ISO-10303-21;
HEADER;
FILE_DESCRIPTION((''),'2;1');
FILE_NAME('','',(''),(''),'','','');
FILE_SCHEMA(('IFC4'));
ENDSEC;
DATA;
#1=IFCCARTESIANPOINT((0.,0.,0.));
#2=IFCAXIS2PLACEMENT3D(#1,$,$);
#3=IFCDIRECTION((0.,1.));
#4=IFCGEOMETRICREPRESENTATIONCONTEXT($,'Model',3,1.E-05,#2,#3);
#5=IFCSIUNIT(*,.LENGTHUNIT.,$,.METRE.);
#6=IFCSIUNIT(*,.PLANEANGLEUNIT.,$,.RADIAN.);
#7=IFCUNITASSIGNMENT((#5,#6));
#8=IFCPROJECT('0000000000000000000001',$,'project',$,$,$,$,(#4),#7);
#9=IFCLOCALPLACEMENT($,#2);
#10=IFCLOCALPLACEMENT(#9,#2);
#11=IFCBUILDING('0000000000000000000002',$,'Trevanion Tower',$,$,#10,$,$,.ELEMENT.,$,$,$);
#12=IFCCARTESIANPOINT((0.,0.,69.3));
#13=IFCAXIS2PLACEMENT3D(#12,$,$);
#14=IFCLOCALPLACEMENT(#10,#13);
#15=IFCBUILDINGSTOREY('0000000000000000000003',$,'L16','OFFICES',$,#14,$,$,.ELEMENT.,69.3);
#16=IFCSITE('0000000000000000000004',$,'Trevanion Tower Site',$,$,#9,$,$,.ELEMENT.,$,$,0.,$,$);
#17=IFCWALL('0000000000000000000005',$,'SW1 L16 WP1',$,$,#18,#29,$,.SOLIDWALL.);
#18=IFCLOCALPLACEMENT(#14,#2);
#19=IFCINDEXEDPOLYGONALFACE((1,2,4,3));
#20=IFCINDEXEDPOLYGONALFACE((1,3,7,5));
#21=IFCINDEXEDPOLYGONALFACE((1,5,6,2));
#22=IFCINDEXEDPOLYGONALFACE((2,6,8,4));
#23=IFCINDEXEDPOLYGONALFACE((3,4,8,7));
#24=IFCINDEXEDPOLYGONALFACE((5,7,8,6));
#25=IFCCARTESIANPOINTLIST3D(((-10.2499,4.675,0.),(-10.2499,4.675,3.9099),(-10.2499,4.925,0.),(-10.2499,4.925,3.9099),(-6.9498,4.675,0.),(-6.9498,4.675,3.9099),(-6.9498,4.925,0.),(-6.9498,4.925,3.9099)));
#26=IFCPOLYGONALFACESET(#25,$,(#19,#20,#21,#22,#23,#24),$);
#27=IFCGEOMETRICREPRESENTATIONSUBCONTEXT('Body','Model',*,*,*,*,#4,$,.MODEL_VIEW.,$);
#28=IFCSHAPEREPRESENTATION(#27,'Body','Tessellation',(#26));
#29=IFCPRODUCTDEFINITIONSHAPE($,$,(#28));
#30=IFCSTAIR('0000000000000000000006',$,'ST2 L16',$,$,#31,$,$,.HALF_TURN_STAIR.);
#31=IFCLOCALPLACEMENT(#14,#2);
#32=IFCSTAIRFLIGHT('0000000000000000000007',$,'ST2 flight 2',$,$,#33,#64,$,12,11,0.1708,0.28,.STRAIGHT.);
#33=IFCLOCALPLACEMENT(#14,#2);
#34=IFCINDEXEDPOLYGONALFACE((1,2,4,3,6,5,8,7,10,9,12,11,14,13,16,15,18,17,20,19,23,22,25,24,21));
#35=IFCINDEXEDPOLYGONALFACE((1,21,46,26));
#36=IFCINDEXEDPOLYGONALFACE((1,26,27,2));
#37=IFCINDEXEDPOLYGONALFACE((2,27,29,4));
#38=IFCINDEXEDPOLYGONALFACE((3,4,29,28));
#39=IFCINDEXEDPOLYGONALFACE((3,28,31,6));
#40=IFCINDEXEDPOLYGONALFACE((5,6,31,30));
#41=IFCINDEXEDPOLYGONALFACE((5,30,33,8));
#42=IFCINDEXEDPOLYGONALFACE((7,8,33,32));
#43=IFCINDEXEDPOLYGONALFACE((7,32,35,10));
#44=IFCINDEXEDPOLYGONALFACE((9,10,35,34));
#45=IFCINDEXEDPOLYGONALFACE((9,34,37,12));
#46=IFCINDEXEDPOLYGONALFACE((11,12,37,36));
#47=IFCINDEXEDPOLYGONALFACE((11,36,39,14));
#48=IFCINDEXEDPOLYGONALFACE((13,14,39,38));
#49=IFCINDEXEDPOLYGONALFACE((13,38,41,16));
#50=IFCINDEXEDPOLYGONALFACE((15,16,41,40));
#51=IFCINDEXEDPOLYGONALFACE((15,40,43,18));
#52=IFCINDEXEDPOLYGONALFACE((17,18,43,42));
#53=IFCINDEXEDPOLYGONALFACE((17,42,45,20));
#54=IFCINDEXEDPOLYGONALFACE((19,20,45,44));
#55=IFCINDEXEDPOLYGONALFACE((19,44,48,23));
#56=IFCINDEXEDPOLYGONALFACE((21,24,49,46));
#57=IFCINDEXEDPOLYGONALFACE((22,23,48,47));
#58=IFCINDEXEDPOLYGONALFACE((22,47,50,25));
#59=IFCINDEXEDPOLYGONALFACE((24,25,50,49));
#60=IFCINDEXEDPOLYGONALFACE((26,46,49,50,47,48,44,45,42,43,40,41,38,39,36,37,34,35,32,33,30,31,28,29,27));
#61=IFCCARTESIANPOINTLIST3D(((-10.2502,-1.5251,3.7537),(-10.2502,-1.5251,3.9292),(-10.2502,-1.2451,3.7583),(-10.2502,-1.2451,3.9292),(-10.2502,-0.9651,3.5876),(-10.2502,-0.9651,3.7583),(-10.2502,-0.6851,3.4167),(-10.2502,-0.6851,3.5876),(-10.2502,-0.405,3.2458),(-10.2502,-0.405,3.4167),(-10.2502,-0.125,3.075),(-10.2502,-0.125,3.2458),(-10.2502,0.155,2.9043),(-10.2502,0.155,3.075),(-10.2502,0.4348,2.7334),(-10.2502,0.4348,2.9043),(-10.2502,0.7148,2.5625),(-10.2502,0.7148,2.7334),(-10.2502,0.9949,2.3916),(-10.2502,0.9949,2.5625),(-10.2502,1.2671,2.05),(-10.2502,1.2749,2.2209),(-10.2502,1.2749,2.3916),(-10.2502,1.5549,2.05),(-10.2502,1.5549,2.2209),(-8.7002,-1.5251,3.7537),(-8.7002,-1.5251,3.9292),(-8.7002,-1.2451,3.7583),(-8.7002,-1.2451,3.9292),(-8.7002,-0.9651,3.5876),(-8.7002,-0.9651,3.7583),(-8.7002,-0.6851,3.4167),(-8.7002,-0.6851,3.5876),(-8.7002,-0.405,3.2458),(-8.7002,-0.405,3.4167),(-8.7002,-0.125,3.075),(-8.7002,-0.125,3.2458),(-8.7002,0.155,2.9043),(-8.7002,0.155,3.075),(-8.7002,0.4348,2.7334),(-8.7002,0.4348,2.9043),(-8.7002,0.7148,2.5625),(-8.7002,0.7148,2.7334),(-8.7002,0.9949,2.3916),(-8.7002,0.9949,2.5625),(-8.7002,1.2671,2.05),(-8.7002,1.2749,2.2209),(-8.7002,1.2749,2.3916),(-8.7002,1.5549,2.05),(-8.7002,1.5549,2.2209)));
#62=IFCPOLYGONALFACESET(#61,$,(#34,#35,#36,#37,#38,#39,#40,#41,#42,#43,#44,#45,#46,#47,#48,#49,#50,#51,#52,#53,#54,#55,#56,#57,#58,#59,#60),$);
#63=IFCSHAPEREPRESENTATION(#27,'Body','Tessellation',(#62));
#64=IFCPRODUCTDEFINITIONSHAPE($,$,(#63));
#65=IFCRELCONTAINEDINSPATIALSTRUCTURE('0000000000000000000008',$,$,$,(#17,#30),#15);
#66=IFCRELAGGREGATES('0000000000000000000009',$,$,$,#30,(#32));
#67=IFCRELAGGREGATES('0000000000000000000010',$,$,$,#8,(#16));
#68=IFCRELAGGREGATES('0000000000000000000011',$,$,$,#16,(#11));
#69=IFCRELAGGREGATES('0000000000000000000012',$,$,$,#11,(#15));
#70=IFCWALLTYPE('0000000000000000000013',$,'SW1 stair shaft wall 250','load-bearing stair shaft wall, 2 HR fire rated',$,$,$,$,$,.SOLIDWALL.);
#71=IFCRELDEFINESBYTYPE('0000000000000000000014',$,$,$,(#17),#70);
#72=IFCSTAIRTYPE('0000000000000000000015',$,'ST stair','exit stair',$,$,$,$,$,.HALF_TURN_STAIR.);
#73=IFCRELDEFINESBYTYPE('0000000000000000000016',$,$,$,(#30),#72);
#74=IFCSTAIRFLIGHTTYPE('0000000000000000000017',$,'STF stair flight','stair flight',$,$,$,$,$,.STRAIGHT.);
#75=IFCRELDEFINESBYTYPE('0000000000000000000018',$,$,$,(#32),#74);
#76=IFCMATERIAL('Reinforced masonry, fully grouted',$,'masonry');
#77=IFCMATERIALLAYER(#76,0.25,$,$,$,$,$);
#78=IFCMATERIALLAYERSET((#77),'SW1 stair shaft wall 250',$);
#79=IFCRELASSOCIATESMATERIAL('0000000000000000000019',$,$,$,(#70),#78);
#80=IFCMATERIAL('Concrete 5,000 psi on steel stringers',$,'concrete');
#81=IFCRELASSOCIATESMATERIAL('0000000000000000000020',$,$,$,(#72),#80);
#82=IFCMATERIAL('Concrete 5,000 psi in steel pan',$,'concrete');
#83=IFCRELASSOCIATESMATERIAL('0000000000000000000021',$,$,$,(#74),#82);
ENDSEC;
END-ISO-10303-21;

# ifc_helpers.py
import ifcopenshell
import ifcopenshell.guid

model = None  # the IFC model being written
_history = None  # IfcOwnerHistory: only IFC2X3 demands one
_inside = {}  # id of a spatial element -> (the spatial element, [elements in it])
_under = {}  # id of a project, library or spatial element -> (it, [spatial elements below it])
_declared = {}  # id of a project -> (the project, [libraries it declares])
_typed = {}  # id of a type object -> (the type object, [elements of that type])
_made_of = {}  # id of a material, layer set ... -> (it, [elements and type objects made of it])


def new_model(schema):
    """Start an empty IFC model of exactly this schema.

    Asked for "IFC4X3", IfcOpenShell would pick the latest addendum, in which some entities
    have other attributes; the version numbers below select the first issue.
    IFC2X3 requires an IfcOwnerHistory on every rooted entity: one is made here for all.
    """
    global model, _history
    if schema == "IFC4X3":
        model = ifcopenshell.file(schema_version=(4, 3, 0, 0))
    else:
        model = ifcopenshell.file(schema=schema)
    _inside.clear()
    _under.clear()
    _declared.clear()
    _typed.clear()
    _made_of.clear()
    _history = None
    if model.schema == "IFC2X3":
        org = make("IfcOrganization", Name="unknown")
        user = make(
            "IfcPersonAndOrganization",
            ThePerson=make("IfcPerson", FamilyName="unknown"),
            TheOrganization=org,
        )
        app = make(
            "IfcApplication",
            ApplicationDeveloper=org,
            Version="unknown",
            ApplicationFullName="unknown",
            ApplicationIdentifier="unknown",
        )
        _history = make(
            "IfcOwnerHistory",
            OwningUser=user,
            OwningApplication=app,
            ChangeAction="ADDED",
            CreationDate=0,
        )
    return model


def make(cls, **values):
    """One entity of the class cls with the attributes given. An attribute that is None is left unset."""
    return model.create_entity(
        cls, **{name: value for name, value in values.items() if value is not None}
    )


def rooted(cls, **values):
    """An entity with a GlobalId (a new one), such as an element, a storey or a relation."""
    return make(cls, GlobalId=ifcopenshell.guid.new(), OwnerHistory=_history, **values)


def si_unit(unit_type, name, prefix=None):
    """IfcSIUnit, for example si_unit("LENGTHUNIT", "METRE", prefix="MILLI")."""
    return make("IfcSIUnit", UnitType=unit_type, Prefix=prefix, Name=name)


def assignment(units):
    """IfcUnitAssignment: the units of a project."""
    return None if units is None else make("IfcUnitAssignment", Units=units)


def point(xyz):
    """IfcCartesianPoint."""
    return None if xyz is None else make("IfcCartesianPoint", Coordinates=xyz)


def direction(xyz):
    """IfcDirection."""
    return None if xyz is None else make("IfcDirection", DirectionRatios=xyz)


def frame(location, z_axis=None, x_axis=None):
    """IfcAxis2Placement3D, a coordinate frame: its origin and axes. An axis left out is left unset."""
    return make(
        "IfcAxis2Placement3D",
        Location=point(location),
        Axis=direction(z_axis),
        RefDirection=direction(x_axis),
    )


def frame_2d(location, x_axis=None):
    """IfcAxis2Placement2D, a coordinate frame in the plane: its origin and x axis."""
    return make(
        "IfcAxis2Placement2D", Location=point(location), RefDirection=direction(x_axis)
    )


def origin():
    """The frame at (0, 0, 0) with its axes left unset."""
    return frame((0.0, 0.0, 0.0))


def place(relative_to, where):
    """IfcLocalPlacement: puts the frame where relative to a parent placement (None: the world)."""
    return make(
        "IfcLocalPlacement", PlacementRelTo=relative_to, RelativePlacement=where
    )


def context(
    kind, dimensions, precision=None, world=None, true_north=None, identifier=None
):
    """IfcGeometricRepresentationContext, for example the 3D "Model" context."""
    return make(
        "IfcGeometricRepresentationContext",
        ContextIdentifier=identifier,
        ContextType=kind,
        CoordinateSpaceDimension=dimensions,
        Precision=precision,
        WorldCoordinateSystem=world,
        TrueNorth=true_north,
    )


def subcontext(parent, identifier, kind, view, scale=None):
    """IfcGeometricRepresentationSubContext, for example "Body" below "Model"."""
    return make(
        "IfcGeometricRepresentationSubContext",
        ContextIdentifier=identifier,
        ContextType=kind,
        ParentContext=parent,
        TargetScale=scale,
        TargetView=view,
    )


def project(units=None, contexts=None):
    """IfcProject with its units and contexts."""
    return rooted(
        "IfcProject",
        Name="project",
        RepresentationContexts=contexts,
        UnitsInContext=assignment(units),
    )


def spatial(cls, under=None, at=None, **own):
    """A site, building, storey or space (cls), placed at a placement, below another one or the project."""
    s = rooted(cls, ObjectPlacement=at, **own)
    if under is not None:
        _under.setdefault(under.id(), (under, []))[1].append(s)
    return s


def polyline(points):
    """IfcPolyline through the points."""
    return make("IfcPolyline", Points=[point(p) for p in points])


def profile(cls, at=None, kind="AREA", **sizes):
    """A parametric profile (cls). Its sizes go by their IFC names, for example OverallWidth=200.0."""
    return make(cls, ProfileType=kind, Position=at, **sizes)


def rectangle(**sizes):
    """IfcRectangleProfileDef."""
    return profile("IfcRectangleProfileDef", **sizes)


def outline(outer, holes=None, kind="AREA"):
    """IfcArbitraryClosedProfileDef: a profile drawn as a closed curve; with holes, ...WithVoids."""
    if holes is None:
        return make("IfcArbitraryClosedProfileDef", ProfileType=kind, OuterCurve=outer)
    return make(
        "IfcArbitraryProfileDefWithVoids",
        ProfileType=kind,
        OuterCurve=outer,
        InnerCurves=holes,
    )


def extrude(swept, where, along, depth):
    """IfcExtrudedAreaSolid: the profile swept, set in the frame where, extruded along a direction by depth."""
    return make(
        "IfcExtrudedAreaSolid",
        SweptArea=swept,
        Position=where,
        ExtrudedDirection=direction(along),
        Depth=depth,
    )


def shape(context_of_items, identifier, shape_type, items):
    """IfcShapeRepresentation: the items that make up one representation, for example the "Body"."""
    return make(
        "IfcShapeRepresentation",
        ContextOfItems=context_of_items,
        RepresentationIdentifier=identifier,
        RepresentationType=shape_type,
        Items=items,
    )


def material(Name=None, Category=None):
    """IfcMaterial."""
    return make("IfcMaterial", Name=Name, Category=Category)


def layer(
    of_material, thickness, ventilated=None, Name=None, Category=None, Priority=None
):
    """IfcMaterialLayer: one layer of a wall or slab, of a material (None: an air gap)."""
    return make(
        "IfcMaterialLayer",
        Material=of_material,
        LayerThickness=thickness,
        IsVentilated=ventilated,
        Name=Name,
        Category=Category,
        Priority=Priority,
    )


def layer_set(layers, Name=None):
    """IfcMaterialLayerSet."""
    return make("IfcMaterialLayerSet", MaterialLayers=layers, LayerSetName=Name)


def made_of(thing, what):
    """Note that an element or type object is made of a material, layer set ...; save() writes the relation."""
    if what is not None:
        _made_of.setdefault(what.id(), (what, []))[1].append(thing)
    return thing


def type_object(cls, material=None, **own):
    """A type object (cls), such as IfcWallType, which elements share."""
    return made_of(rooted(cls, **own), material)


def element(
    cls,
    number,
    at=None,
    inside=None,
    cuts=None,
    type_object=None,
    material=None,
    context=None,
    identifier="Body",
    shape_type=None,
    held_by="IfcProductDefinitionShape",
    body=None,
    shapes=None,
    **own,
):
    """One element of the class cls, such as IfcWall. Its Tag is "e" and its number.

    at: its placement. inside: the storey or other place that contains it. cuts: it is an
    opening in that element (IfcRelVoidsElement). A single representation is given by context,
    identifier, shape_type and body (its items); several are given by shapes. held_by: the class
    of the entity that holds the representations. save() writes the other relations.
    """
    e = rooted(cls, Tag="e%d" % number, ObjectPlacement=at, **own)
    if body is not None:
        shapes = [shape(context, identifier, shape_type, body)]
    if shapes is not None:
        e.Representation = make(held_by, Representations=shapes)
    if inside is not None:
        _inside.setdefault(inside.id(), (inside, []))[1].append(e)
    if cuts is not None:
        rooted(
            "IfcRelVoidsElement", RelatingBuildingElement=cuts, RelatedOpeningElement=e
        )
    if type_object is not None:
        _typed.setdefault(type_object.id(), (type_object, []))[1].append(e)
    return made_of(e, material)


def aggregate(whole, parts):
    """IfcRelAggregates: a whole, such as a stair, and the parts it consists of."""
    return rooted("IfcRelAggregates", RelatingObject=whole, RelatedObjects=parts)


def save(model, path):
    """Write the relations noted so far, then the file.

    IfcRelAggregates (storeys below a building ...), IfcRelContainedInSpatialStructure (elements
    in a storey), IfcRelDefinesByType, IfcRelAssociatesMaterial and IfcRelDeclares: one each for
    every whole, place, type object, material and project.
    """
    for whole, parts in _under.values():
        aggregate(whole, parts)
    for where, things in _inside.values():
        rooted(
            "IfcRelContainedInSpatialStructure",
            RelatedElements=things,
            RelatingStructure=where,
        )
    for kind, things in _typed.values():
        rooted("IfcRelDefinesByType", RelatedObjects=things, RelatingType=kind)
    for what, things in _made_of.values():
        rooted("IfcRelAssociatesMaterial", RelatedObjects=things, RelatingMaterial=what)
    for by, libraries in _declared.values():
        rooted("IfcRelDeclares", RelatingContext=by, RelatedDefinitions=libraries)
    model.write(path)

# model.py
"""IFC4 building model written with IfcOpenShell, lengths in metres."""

from ifc_helpers import new_model, si_unit, direction, frame, frame_2d, origin, place, context, subcontext, project, spatial, polyline, rectangle, outline, extrude, material, layer, layer_set, type_object, element, aggregate, save


model = new_model("IFC4")

# Units and contexts
model_context = context("Model", 3, precision=1e-05, world=origin(), true_north=direction((0.0, 1.0)))
body_context = subcontext(model_context, "Body", "Model", "MODEL_VIEW")
ifc_project = project(units=[si_unit("LENGTHUNIT", "METRE"), si_unit("PLANEANGLEUNIT", "RADIAN")], contexts=[model_context])

# Site, building, storey
site_placement = place(None, origin())
site = spatial("IfcSite", under=ifc_project, at=site_placement, Name="Trevanion Tower Site", CompositionType="ELEMENT", RefElevation=0.0)
building_placement = place(site_placement, origin())
building = spatial("IfcBuilding", under=site, at=building_placement, Name="Trevanion Tower", CompositionType="ELEMENT")
storey_placement = place(building_placement, frame((0.0, 0.0, 69.3)))
storey = spatial("IfcBuildingStorey", under=building, at=storey_placement, Name="L16", Description="OFFICES", CompositionType="ELEMENT", Elevation=69.3)

# Wall
ifc_material_1 = material(Name="Reinforced masonry, fully grouted", Category="masonry")
ifc_layer_1 = layer(ifc_material_1, 0.25)
ifc_layer_set_1 = layer_set([ifc_layer_1], Name="SW1 stair shaft wall 250")
wall_type_1 = type_object("IfcWallType", Name="SW1 stair shaft wall 250", Description="load-bearing stair shaft wall, 2 HR fire rated", PredefinedType="SOLIDWALL", material=ifc_layer_set_1)
wall_1_placement = place(storey_placement, frame((-6.95, 4.8, 0.0), z_axis=(0.0, 0.0, 1.0), x_axis=(-1.0, 0.0, 0.0)))
element("IfcWall", 1, at=wall_1_placement, inside=storey, type_object=wall_type_1, Name="SW1 L16 WP1", PredefinedType="SOLIDWALL", context=body_context, shape_type="SweptSolid", body=[
    extrude(rectangle(XDim=3.3, YDim=0.25, at=frame_2d((1.6499, 0.0))), origin(), (0.0, 0.0, 1.0), 3.9099),
])

# Stair, stair flight
ifc_material_2 = material(Name="Concrete 5,000 psi on steel stringers", Category="concrete")
stair_type = type_object("IfcStairType", Name="ST stair", Description="exit stair", PredefinedType="HALF_TURN_STAIR", material=ifc_material_2)
stair_placement = place(storey_placement, origin())
stair = element("IfcStair", 2, at=stair_placement, inside=storey, type_object=stair_type, Name="ST2 L16", PredefinedType="HALF_TURN_STAIR")
ifc_material_3 = material(Name="Concrete 5,000 psi in steel pan", Category="concrete")
stair_flight_type = type_object("IfcStairFlightType", Name="STF stair flight", Description="stair flight", PredefinedType="STRAIGHT", material=ifc_material_3)
stair_flight_placement = place(storey_placement, frame((-9.4751, 1.5549, 2.05), z_axis=(0.0, 0.0, 1.0), x_axis=(0.0, -1.0, 0.0)))
stair_flight = element("IfcStairFlight", 3, at=stair_flight_placement, type_object=stair_flight_type, Name="ST2 flight 2", NumberOfRisers=12, NumberOfTreads=11, PredefinedType="STRAIGHT", RiserHeight=0.1708, TreadLength=0.28, context=body_context, shape_type="SweptSolid", body=[
    extrude(outline(polyline([(0.0, 0.0), (0.0, 0.1709), (0.28, 0.1709), (0.28, 0.3416), (0.5601, 0.3416), (0.5601, 0.5125), (0.8401, 0.5125), (0.8401, 0.6833), (1.1201, 0.6833), (1.1201, 0.8542), (1.3999, 0.8542), (1.3999, 1.0249), (1.6799, 1.0249), (1.6799, 1.1958), (1.96, 1.1958), (1.96, 1.3667), (2.24, 1.3667), (2.24, 1.5376), (2.52, 1.5376), (2.52, 1.7083), (2.8, 1.7083), (2.8, 1.8792), (3.0801, 1.8792), (3.0801, 2.05), (3.0801, 1.7036), (0.2878, 0.0), (0.0, 0.0)])), frame((0.0, 0.7749, 0.0), z_axis=(0.0, -1.0, 0.0), x_axis=(1.0, 0.0, 0.0)), (0.0, 0.0, 1.0), 1.55),
])
aggregate(stair, [stair_flight])

save(model, "model.ifc")
